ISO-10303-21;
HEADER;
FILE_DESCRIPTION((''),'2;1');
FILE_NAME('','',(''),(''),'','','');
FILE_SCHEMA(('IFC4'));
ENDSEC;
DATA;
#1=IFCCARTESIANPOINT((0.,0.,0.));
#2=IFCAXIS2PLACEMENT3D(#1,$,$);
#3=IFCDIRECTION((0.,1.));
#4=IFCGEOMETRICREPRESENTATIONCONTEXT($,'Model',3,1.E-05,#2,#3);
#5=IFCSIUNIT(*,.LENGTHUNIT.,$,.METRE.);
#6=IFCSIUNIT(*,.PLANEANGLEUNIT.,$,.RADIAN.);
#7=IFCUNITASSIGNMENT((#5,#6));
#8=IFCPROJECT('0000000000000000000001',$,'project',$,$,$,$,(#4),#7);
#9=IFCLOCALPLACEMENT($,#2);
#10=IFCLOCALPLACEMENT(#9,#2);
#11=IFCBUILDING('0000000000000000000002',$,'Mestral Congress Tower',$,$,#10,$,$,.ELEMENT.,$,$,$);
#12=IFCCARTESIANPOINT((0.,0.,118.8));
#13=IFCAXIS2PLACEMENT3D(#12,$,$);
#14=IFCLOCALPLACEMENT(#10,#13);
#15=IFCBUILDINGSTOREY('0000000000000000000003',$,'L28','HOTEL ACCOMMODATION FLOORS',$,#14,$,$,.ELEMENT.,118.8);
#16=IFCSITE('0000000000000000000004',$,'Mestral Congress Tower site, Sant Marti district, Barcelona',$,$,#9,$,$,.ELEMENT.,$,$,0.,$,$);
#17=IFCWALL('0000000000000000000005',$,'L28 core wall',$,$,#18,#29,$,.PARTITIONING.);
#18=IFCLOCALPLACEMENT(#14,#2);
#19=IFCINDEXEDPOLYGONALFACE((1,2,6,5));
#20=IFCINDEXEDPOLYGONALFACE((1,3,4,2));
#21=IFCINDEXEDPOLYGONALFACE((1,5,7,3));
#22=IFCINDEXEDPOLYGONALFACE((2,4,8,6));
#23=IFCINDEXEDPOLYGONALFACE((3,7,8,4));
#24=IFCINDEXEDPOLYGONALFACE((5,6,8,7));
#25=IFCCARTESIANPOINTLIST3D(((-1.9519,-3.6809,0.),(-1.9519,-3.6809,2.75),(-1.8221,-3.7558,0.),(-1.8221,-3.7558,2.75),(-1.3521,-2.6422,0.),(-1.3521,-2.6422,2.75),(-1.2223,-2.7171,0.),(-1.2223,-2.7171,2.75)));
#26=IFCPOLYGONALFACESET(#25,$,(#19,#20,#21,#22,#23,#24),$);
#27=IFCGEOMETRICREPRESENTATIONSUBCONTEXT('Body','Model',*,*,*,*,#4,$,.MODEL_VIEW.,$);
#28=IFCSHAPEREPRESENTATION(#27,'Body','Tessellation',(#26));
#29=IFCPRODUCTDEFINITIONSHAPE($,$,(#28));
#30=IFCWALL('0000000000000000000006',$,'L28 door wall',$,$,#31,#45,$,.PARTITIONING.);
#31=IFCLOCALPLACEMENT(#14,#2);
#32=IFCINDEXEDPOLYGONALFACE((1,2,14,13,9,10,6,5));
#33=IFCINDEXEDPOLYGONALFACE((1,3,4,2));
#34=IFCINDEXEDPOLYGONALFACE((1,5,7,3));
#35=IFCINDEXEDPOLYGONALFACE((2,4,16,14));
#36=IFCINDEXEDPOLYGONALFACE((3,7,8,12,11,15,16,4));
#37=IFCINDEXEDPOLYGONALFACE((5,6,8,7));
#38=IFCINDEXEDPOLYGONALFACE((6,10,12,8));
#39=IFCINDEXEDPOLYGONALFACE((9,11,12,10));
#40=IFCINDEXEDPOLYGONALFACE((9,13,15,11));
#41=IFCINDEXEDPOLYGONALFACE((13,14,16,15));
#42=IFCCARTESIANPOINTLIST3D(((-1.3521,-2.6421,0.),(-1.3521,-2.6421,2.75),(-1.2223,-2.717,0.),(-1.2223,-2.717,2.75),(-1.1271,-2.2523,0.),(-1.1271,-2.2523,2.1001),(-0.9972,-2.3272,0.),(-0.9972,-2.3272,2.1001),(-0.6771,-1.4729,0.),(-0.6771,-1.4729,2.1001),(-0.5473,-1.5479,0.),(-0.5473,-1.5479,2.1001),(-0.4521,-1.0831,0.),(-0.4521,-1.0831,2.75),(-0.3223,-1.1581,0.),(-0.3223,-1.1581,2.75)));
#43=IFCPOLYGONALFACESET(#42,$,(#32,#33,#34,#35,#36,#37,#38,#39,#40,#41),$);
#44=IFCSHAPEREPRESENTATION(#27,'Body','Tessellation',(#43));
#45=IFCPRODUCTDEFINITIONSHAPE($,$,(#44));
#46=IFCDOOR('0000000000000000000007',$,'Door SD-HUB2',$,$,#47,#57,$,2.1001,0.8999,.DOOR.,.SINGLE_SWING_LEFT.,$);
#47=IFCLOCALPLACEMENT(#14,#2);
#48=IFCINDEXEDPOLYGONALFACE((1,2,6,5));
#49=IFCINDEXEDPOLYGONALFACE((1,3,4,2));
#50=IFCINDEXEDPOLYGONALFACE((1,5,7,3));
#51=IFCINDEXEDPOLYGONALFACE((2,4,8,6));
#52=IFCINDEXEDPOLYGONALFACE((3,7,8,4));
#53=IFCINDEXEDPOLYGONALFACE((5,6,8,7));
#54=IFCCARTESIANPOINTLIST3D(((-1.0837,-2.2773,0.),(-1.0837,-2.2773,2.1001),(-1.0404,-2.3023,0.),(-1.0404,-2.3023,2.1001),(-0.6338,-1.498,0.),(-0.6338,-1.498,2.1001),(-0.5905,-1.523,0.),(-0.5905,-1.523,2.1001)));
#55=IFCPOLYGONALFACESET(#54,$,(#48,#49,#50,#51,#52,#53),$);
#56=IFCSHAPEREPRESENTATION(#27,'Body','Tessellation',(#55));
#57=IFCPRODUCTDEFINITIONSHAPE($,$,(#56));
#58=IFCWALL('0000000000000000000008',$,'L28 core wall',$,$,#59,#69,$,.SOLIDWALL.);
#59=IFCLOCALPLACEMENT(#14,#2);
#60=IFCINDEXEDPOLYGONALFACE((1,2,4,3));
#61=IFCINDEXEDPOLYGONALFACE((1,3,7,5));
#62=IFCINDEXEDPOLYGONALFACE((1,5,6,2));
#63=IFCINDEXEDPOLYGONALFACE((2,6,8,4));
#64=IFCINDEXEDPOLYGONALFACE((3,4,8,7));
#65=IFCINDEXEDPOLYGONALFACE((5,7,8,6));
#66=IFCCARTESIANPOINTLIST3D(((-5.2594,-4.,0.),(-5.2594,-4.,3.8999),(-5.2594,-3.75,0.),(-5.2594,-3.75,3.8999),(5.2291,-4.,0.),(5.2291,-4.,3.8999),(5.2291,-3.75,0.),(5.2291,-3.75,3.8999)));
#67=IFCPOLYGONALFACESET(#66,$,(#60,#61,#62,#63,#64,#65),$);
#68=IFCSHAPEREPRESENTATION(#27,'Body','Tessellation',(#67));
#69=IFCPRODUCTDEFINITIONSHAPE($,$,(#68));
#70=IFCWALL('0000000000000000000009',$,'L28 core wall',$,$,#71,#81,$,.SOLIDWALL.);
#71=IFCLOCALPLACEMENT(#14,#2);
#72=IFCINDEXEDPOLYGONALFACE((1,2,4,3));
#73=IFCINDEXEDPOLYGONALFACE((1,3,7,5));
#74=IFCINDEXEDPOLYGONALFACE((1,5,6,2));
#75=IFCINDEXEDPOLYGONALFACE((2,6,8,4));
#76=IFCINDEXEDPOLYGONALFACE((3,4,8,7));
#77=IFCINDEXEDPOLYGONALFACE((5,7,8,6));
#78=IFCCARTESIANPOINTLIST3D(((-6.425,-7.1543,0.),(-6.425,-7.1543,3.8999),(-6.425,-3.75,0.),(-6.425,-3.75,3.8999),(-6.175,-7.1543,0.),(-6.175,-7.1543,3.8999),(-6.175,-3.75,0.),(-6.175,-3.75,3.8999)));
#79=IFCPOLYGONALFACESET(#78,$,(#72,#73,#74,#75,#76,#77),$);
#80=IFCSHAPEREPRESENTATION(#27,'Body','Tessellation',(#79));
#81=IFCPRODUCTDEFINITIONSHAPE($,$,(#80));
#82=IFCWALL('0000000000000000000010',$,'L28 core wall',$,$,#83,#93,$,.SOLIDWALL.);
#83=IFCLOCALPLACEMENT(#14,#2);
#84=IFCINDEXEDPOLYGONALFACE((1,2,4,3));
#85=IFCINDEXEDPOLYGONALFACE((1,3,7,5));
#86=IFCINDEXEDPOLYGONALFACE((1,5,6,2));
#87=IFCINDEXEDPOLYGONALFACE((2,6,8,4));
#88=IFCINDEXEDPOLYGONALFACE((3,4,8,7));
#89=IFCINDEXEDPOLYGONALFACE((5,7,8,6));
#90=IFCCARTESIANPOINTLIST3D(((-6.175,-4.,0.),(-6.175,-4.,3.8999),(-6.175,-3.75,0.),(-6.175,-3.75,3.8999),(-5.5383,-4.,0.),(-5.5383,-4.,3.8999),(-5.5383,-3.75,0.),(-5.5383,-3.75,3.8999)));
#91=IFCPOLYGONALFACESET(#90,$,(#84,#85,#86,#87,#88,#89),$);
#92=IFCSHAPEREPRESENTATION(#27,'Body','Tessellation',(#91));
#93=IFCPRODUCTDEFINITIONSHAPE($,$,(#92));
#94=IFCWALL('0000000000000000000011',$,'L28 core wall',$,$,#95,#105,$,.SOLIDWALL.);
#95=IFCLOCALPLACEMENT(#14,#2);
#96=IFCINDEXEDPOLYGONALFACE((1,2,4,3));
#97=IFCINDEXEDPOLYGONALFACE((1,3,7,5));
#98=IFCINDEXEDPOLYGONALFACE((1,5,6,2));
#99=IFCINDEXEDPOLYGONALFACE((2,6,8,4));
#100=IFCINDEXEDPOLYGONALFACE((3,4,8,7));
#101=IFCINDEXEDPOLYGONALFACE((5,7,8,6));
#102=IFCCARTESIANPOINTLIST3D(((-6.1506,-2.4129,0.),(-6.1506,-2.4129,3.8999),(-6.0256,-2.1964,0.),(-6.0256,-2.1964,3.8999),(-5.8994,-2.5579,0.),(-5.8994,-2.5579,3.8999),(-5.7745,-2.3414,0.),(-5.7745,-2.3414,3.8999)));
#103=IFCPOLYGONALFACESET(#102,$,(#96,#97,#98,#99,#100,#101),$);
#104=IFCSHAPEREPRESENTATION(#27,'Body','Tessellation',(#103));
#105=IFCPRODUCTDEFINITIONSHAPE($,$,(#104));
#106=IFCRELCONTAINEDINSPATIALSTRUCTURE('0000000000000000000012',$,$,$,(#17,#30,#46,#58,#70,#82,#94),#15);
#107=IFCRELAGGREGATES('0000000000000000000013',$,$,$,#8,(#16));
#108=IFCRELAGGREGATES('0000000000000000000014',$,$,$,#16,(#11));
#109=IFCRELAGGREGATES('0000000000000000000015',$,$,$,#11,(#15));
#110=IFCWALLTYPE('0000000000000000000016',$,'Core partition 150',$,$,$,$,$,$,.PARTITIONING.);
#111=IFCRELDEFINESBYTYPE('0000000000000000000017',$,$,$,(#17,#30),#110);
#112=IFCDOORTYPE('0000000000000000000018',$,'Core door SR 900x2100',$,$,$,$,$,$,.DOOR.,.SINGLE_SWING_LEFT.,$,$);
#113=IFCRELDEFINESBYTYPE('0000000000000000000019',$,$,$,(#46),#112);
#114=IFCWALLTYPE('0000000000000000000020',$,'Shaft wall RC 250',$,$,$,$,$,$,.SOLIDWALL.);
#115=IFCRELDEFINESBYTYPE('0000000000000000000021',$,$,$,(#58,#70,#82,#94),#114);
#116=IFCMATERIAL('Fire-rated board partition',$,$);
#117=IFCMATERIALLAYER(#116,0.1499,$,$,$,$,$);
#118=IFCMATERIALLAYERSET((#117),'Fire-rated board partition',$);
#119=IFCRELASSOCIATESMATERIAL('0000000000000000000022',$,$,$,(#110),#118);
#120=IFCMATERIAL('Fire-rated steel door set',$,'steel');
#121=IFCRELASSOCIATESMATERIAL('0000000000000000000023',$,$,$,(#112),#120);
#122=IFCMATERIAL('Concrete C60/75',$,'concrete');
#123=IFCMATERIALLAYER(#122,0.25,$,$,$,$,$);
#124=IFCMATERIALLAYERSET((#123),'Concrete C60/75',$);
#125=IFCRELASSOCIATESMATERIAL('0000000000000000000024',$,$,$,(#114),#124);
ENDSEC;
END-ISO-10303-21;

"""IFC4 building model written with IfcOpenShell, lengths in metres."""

from ifc_helpers import new_model, si_unit, direction, frame, frame_2d, origin, place, context, subcontext, project, spatial, rectangle, extrude, material, layer, layer_set, type_object, element, fill, save


model = new_model("IFC4")

# Units and contexts
model_context = context("Model", 3, precision=1e-05, world=origin(), true_north=direction((0.0, 1.0)))
body_context = subcontext(model_context, "Body", "Model", "MODEL_VIEW")
ifc_project = project(units=[si_unit("LENGTHUNIT", "METRE"), si_unit("PLANEANGLEUNIT", "RADIAN")], contexts=[model_context])

# Site, building, storey
site_placement = place(None, origin())
site = spatial("IfcSite", under=ifc_project, at=site_placement, Name="Mestral Congress Tower site, Sant Marti district, Barcelona", CompositionType="ELEMENT", RefElevation=0.0)
building_placement = place(site_placement, origin())
building = spatial("IfcBuilding", under=site, at=building_placement, Name="Mestral Congress Tower", CompositionType="ELEMENT")
storey_placement = place(building_placement, frame((0.0, 0.0, 118.8)))
storey = spatial("IfcBuildingStorey", under=building, at=storey_placement, Name="L28", Description="HOTEL ACCOMMODATION FLOORS", CompositionType="ELEMENT", Elevation=118.8)

# Wall
ifc_material_1 = material(Name="Fire-rated board partition")
ifc_layer_1 = layer(ifc_material_1, 0.1499)
ifc_layer_set_1 = layer_set([ifc_layer_1], Name="Fire-rated board partition")
wall_type_1 = type_object("IfcWallType", Name="Core partition 150", PredefinedType="PARTITIONING", material=ifc_layer_set_1)
wall_1_placement = place(storey_placement, frame((-1.887, -3.7183, 0.0), z_axis=(0.0, 0.0, 1.0), x_axis=(0.500057, 0.865992, 0.0)))
element("IfcWall", 1, at=wall_1_placement, inside=storey, type_object=wall_type_1, Name="L28 core wall", PredefinedType="PARTITIONING", context=body_context, shape_type="SweptSolid", body=[
    extrude(rectangle(XDim=1.1995, YDim=0.1499, at=frame_2d((0.5996, 0.0))), origin(), (0.0, 0.0, 1.0), 2.75),
])

# Wall, opening, door
wall_2_placement = place(storey_placement, frame((-1.2871, -2.6794, 0.0), z_axis=(0.0, 0.0, 1.0), x_axis=(0.499961, 0.866048, 0.0)))
wall_2 = element("IfcWall", 2, at=wall_2_placement, inside=storey, type_object=wall_type_1, Name="L28 door wall", PredefinedType="PARTITIONING", context=body_context, shape_type="SweptSolid", body=[
    extrude(rectangle(XDim=1.8, YDim=0.1499, at=frame_2d((0.8999, 0.0))), origin(), (0.0, 0.0, 1.0), 2.75),
])
opening_1_placement = place(wall_2_placement, frame((0.45, 0.0, 0.0)))
opening_1 = element("IfcOpeningElement", 3, at=opening_1_placement, cuts=wall_2, PredefinedType="OPENING", context=body_context, shape_type="SweptSolid", body=[
    extrude(rectangle(XDim=0.8999, YDim=2.1001, at=frame_2d((0.45, 1.05))), frame((0.0, 0.085, 0.0), z_axis=(0.0, -1.0, 0.0), x_axis=(1.0, 0.0, 0.0)), (0.0, 0.0, 1.0), 0.1699),
])
ifc_material_2 = material(Name="Fire-rated steel door set", Category="steel")
door_type_1 = type_object("IfcDoorType", Name="Core door SR 900x2100", OperationType="SINGLE_SWING_LEFT", PredefinedType="DOOR", material=ifc_material_2)
door_1_placement = place(opening_1_placement, origin())
door_1 = element("IfcDoor", 4, at=door_1_placement, inside=storey, type_object=door_type_1, Name="Door SD-HUB2", OperationType="SINGLE_SWING_LEFT", OverallHeight=2.1001, OverallWidth=0.8999, PredefinedType="DOOR", context=body_context, shape_type="SweptSolid", body=[
    extrude(rectangle(XDim=0.8999, YDim=2.1001, at=frame_2d((0.45, 1.05))), frame((0.0, 0.0249, 0.0), z_axis=(0.0, -1.0, 0.0), x_axis=(1.0, 0.0, 0.0)), (0.0, 0.0, 1.0), 0.05),
])
fill(opening_1, door_1)

# Walls
ifc_material_3 = material(Name="Concrete C60/75", Category="concrete")
ifc_layer_2 = layer(ifc_material_3, 0.25)
ifc_layer_set_2 = layer_set([ifc_layer_2], Name="Concrete C60/75")
wall_type_2 = type_object("IfcWallType", Name="Shaft wall RC 250", PredefinedType="SOLIDWALL", material=ifc_layer_set_2)
wall_3_placement = place(storey_placement, frame((-5.2593, -3.875, 0.0), z_axis=(0.0, 0.0, 1.0), x_axis=(1.0, 0.0, 0.0)))
element("IfcWall", 5, at=wall_3_placement, inside=storey, type_object=wall_type_2, Name="L28 core wall", PredefinedType="SOLIDWALL", context=body_context, shape_type="SweptSolid", body=[
    extrude(rectangle(XDim=10.4885, YDim=0.25, at=frame_2d((5.2441, 0.0))), origin(), (0.0, 0.0, 1.0), 3.8999),
])
wall_4_placement = place(storey_placement, frame((-6.3, -3.75, 0.0), z_axis=(0.0, 0.0, 1.0), x_axis=(0.0, -1.0, 0.0)))
element("IfcWall", 6, at=wall_4_placement, inside=storey, type_object=wall_type_2, Name="L28 core wall", PredefinedType="SOLIDWALL", context=body_context, shape_type="SweptSolid", body=[
    extrude(rectangle(XDim=3.4043, YDim=0.25, at=frame_2d((1.7021, 0.0))), origin(), (0.0, 0.0, 1.0), 3.8999),
])
wall_5_placement = place(storey_placement, frame((-6.175, -3.875, 0.0), z_axis=(0.0, 0.0, 1.0), x_axis=(1.0, 0.0, 0.0)))
element("IfcWall", 7, at=wall_5_placement, inside=storey, type_object=wall_type_2, Name="L28 core wall", PredefinedType="SOLIDWALL", context=body_context, shape_type="SweptSolid", body=[
    extrude(rectangle(XDim=0.6367, YDim=0.25, at=frame_2d((0.3184, 0.0))), origin(), (0.0, 0.0, 1.0), 3.8999),
])
wall_6_placement = place(storey_placement, frame((-6.0881, -2.3047, 0.0), z_axis=(0.0, 0.0, 1.0), x_axis=(0.866059, -0.499941, 0.0)))
element("IfcWall", 8, at=wall_6_placement, inside=storey, type_object=wall_type_2, Name="L28 core wall", PredefinedType="SOLIDWALL", context=body_context, shape_type="SweptSolid", body=[
    extrude(rectangle(XDim=0.29, YDim=0.25, at=frame_2d((0.145, 0.0))), origin(), (0.0, 0.0, 1.0), 3.8999),
])

save(model, "model.ifc")
